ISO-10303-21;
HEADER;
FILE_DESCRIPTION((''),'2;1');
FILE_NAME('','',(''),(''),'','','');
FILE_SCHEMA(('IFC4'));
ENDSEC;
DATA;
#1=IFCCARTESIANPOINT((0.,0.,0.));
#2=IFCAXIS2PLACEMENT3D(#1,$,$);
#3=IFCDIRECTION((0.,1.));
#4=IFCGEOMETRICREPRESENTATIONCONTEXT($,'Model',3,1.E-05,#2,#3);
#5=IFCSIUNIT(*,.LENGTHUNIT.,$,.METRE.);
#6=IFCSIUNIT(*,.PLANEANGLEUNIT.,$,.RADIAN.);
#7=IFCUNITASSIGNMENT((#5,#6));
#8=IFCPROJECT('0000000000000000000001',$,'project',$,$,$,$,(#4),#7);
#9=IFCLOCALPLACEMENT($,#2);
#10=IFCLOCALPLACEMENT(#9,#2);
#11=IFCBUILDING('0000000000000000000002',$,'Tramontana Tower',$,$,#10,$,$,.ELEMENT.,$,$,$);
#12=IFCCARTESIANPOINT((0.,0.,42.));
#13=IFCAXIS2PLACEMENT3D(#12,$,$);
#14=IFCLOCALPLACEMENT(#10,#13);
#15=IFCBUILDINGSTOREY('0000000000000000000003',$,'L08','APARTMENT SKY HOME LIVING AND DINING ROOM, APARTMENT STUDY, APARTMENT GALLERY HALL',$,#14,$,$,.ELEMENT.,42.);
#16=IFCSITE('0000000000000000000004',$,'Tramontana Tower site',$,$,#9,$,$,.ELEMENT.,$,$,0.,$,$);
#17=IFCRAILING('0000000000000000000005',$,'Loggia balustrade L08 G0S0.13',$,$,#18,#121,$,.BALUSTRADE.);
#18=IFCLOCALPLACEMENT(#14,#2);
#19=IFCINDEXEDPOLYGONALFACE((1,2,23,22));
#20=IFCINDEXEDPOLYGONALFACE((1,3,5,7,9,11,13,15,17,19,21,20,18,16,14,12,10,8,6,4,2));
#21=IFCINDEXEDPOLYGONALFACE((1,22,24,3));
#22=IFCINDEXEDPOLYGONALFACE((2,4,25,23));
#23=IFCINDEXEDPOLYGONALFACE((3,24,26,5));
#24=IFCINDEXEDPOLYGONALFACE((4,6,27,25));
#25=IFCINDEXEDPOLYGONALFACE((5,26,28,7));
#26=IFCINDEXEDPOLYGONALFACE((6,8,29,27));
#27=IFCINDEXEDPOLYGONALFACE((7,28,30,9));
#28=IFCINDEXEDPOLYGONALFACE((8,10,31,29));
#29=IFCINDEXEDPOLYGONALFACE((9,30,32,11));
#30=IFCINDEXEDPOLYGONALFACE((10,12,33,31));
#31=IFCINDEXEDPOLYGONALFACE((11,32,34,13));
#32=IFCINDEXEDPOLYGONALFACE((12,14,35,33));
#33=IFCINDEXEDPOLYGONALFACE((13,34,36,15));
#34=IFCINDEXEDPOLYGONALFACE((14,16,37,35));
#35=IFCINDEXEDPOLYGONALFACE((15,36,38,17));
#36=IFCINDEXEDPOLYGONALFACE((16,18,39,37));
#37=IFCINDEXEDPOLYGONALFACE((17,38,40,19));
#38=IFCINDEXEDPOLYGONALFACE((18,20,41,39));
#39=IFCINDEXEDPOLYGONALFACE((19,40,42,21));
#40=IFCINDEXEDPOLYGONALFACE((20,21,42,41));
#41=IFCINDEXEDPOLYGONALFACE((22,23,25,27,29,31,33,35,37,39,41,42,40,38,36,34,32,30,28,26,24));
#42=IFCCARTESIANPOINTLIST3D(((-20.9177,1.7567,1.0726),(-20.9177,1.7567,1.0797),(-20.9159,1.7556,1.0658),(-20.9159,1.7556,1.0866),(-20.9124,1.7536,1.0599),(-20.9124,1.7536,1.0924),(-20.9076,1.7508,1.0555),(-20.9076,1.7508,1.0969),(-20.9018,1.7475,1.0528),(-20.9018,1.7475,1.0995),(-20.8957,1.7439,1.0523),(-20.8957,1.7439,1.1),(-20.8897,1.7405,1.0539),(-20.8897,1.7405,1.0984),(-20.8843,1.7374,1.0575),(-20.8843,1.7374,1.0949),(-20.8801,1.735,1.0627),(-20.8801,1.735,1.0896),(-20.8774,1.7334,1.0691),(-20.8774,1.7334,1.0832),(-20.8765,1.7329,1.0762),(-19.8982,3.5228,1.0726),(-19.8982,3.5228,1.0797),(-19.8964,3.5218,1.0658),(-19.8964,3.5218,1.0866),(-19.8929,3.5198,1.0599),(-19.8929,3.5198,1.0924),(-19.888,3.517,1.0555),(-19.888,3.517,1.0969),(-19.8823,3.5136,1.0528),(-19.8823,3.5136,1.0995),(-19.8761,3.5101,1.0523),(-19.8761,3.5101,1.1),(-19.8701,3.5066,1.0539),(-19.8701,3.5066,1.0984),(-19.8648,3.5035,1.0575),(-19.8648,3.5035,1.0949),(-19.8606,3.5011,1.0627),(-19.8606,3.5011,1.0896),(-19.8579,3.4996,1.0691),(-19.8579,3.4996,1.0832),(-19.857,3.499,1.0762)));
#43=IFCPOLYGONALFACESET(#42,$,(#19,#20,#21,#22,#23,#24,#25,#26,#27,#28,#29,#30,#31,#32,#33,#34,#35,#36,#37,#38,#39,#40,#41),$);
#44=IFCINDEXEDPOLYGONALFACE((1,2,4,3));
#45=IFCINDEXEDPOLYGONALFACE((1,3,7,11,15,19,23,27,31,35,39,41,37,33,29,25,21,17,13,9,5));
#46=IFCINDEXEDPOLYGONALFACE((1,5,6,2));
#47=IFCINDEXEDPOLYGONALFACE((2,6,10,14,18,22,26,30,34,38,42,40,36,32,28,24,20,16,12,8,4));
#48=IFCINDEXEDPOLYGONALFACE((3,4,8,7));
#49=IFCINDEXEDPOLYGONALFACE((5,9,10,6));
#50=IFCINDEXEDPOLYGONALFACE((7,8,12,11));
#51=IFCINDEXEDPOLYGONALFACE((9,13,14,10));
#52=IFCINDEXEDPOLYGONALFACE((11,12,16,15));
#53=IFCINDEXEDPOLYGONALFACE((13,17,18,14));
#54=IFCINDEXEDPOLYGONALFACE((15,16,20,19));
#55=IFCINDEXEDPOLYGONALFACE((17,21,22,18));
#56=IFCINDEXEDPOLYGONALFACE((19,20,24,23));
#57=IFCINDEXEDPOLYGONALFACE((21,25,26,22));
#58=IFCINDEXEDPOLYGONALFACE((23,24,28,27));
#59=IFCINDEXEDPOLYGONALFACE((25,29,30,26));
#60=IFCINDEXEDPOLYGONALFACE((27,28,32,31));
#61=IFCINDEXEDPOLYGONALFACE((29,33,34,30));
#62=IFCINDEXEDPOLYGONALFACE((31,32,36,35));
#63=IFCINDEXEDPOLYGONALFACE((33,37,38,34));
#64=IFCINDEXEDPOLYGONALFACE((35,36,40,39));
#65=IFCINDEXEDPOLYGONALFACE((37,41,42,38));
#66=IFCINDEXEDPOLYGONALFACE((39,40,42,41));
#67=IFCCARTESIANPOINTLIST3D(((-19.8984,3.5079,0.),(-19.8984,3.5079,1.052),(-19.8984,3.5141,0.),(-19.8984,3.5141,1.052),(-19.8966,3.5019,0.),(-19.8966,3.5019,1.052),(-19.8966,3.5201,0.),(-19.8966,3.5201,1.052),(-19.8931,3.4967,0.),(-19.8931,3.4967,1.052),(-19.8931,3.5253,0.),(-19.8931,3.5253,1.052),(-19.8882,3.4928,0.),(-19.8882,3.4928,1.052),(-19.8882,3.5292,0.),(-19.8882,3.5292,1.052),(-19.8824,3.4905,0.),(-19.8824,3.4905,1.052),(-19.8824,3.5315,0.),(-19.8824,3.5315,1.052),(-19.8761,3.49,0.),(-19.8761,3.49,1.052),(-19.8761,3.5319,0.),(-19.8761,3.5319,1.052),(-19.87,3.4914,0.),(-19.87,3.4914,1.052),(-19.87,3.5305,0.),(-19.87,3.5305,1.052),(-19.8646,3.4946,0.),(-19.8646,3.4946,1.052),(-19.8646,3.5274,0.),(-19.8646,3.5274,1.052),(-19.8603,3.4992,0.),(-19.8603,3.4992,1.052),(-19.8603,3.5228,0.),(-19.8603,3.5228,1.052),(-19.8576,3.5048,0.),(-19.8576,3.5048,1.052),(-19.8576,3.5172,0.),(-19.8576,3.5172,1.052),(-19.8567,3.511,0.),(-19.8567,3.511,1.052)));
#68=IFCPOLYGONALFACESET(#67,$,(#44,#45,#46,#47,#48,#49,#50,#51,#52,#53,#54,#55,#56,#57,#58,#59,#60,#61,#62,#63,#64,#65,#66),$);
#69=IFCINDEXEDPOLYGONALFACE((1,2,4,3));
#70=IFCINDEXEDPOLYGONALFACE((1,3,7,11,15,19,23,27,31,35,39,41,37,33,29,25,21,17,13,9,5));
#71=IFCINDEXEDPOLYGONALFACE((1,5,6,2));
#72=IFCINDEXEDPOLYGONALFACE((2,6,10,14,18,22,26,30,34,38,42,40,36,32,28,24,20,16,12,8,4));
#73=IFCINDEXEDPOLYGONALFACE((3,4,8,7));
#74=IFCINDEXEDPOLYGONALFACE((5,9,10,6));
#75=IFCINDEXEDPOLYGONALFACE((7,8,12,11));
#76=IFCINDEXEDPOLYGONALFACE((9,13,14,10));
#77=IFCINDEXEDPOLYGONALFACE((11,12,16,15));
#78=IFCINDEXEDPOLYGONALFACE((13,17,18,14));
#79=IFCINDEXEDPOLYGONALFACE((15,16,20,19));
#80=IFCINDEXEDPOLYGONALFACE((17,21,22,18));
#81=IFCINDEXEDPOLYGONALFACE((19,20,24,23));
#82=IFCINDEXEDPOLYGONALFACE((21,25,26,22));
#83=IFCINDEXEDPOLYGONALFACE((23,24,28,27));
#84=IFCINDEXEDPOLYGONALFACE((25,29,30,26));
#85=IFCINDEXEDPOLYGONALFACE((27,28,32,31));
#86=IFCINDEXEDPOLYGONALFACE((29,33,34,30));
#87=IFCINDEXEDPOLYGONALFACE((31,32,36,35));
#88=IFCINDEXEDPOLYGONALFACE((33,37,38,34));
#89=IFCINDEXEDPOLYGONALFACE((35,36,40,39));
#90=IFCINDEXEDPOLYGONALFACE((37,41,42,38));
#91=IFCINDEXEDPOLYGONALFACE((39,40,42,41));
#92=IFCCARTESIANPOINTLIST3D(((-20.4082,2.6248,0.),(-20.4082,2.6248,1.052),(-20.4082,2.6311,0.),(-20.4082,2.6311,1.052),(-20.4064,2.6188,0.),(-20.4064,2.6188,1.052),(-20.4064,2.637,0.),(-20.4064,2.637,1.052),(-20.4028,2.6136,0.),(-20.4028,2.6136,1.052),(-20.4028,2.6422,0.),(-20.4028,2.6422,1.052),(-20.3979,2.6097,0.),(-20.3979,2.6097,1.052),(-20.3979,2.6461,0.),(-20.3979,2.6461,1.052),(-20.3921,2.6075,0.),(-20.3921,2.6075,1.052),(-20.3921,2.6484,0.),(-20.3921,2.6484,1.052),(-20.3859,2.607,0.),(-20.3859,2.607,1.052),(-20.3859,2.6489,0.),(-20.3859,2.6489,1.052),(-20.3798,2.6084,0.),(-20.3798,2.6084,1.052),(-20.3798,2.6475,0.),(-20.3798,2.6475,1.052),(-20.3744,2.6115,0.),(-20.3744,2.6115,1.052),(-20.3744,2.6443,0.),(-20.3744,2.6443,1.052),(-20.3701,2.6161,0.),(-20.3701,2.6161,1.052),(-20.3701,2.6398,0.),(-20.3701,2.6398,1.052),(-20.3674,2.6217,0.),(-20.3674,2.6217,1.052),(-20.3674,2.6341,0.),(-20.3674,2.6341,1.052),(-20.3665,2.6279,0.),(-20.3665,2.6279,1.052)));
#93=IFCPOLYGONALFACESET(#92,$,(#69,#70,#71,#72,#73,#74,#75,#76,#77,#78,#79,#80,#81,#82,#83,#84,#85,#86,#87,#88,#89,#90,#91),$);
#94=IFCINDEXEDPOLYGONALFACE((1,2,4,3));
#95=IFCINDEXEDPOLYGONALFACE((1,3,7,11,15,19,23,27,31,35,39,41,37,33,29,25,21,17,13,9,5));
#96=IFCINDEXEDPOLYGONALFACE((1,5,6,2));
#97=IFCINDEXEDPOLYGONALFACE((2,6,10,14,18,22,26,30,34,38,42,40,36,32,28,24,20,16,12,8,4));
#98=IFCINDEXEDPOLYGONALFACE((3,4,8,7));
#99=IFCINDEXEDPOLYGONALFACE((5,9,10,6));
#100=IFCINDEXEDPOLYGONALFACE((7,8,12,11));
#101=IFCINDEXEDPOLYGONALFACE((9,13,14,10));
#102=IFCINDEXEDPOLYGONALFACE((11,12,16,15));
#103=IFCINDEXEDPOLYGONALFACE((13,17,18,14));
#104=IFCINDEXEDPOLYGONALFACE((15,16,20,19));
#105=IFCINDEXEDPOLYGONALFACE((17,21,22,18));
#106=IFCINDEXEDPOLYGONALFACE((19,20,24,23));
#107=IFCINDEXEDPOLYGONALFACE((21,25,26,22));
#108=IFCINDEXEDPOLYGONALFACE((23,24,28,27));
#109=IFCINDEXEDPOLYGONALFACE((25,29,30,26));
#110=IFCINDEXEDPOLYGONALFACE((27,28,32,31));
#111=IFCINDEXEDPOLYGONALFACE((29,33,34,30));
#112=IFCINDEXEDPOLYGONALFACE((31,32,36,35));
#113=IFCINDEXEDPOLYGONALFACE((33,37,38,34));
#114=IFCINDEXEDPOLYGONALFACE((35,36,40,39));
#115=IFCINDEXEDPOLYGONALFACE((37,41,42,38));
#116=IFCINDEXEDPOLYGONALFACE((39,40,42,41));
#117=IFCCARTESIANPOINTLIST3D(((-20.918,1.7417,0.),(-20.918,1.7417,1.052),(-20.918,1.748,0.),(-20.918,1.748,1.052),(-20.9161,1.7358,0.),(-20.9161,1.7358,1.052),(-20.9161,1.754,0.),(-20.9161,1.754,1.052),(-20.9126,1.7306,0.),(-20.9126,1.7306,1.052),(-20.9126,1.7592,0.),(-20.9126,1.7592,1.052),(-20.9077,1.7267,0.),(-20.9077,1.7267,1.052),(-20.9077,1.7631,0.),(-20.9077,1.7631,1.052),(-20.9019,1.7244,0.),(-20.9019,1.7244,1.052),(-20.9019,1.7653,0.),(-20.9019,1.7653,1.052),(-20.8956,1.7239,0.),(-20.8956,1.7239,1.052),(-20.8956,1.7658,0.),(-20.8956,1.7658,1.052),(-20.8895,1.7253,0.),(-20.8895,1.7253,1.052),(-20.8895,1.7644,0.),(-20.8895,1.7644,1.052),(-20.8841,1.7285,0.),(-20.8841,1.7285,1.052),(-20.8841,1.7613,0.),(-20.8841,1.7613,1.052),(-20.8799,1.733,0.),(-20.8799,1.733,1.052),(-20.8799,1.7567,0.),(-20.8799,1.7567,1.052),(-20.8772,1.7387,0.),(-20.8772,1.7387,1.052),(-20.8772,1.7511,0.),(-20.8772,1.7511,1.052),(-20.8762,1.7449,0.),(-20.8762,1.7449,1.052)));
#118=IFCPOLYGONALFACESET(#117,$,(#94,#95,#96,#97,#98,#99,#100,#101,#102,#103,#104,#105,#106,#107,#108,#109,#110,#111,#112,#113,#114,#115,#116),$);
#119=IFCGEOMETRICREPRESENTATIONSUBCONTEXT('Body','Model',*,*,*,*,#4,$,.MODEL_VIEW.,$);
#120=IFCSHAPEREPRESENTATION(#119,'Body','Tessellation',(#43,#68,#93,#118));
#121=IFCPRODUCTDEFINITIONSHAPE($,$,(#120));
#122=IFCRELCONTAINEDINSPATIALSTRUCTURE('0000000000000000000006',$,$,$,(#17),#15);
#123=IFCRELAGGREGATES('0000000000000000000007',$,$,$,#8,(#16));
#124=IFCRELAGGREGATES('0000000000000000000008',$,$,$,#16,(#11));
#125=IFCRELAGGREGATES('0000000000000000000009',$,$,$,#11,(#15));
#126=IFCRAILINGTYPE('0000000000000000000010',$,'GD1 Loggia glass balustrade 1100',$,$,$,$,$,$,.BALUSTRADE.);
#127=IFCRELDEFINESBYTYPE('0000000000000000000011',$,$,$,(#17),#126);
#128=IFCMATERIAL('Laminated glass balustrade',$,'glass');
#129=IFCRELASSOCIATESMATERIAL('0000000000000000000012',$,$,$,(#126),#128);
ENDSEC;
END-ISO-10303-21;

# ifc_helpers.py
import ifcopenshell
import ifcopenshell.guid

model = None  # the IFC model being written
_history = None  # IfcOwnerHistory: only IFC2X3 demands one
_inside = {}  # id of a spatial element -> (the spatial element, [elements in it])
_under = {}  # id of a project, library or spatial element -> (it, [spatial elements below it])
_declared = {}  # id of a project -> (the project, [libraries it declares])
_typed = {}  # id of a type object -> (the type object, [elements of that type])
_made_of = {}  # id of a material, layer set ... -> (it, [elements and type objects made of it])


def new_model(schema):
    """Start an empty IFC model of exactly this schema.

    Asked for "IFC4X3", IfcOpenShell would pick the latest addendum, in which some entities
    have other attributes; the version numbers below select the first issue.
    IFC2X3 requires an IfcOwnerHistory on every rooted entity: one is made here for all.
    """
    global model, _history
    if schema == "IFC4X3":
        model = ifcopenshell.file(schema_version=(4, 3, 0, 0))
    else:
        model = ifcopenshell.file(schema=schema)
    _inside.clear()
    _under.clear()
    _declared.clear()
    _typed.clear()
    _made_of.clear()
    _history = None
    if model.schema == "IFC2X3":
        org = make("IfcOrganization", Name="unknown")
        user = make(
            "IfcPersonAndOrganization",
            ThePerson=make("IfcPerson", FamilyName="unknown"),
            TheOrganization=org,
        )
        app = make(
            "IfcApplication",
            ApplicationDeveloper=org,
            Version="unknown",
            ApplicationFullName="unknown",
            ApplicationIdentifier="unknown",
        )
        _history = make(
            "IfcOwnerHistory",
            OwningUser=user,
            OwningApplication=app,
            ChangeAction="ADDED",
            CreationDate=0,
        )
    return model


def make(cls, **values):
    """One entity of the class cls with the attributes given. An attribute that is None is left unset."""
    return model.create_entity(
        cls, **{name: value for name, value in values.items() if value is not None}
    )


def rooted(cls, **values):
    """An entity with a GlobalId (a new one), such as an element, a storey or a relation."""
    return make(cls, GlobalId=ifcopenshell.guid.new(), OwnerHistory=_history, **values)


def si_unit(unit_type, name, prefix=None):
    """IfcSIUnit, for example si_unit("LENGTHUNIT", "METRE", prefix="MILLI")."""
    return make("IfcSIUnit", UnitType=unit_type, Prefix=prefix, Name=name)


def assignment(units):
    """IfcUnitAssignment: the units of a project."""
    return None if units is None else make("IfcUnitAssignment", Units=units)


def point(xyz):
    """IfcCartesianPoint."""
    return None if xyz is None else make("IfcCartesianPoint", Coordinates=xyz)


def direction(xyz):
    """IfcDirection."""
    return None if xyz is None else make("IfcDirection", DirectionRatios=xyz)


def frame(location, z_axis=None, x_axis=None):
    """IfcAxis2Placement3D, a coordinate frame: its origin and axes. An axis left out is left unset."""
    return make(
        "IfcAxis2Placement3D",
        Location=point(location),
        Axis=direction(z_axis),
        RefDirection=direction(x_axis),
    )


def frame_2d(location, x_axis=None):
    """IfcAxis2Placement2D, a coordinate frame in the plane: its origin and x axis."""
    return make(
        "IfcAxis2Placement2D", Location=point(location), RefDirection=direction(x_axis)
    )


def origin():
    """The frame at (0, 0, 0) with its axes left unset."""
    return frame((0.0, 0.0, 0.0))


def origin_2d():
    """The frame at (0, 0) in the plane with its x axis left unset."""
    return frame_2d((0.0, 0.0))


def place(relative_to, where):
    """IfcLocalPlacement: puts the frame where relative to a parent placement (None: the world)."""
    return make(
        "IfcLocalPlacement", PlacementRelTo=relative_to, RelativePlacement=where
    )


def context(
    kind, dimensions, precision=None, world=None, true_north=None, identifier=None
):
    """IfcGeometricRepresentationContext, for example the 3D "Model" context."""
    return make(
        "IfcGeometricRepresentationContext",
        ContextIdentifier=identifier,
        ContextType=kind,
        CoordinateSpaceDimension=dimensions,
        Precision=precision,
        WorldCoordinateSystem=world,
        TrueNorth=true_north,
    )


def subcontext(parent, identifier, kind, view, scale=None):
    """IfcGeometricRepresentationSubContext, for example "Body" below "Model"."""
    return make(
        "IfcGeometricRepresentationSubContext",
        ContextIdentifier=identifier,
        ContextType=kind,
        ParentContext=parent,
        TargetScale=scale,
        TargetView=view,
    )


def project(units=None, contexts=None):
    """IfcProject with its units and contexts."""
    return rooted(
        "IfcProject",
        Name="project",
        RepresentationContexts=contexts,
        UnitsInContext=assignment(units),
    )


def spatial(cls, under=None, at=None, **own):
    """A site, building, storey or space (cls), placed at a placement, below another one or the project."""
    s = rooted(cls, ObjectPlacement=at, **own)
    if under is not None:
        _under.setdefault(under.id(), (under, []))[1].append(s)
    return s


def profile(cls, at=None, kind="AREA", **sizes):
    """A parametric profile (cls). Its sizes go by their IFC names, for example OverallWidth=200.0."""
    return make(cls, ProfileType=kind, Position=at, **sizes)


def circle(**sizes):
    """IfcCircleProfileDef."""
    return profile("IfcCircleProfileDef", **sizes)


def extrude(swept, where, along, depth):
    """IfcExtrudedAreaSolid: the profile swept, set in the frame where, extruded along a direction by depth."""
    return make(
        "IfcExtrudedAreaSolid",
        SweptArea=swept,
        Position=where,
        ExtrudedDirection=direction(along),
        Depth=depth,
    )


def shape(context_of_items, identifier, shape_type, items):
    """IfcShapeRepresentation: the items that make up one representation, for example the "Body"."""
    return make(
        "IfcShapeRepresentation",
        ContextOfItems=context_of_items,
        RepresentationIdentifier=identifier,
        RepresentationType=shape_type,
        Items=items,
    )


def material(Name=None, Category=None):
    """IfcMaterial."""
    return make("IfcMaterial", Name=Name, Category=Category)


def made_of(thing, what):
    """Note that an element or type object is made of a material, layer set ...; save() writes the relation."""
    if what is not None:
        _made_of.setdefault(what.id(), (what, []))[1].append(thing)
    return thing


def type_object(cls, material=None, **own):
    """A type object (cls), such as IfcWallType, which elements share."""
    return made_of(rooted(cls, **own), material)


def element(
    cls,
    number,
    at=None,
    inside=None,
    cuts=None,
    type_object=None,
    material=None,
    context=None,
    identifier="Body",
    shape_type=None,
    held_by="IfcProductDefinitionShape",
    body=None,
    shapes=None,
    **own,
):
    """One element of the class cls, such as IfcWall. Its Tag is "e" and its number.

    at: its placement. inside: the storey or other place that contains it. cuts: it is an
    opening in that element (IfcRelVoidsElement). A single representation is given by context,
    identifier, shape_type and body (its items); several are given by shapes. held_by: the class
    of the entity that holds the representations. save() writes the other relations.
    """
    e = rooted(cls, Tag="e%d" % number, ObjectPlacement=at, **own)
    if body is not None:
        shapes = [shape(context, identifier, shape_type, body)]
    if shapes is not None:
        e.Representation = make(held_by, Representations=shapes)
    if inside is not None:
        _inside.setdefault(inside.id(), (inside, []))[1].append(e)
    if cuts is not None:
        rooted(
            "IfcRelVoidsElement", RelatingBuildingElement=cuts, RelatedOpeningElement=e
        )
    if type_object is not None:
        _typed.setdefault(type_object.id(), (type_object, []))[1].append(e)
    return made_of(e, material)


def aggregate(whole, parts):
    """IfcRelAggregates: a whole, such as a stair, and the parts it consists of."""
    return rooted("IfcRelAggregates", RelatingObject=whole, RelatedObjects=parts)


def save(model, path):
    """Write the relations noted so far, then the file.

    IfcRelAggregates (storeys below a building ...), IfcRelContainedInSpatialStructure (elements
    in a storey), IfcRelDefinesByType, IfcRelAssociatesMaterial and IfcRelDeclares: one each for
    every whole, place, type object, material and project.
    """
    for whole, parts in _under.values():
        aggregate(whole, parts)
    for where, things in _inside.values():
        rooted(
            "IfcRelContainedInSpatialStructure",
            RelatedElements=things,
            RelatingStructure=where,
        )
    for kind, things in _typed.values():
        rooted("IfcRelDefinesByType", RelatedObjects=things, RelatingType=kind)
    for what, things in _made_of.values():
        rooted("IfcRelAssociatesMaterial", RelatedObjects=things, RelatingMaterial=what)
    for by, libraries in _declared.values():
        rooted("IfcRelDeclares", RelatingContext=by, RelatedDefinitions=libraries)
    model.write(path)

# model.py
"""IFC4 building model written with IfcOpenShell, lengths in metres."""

from ifc_helpers import new_model, si_unit, direction, frame, origin, origin_2d, place, context, subcontext, project, spatial, circle, extrude, material, type_object, element, save


model = new_model("IFC4")

# Units and contexts
model_context = context("Model", 3, precision=1e-05, world=origin(), true_north=direction((0.0, 1.0)))
body_context = subcontext(model_context, "Body", "Model", "MODEL_VIEW")
ifc_project = project(units=[si_unit("LENGTHUNIT", "METRE"), si_unit("PLANEANGLEUNIT", "RADIAN")], contexts=[model_context])

# Site, building, storey
site_placement = place(None, origin())
site = spatial("IfcSite", under=ifc_project, at=site_placement, Name="Tramontana Tower site", CompositionType="ELEMENT", RefElevation=0.0)
building_placement = place(site_placement, origin())
building = spatial("IfcBuilding", under=site, at=building_placement, Name="Tramontana Tower", CompositionType="ELEMENT")
storey_placement = place(building_placement, frame((0.0, 0.0, 42.0)))
storey = spatial("IfcBuildingStorey", under=building, at=storey_placement, Name="L08", Description="APARTMENT SKY HOME LIVING AND DINING ROOM, APARTMENT STUDY, APARTMENT GALLERY HALL", CompositionType="ELEMENT", Elevation=42.0)

# Railing
ifc_material_1 = material(Name="Laminated glass balustrade", Category="glass")
railing_type = type_object("IfcRailingType", Name="GD1 Loggia glass balustrade 1100", PredefinedType="BALUSTRADE", material=ifc_material_1)
railing_placement = place(storey_placement, frame((-19.8777, 3.511, 0.0)))
element("IfcRailing", 1, at=railing_placement, inside=storey, type_object=railing_type, Name="Loggia balustrade L08 G0S0.13", PredefinedType="BALUSTRADE", context=body_context, shape_type="SweptSolid", body=[
    extrude(circle(Radius=0.0239, at=origin_2d()), frame((0.0, 0.0, 1.0762), z_axis=(-0.49995, -0.866054, 0.0), x_axis=(0.866054, -0.49995, 0.0)), (0.0, 0.0, 1.0), 2.0393),
    extrude(circle(Radius=0.021, at=origin_2d()), origin(), (0.0, 0.0, 1.0), 1.052),
    extrude(circle(Radius=0.021, at=origin_2d()), frame((-0.5098, -0.8831, 0.0)), (0.0, 0.0, 1.0), 1.052),
    extrude(circle(Radius=0.021, at=origin_2d()), frame((-1.0195, -1.7661, 0.0)), (0.0, 0.0, 1.0), 1.052),
])

save(model, "model.ifc")
